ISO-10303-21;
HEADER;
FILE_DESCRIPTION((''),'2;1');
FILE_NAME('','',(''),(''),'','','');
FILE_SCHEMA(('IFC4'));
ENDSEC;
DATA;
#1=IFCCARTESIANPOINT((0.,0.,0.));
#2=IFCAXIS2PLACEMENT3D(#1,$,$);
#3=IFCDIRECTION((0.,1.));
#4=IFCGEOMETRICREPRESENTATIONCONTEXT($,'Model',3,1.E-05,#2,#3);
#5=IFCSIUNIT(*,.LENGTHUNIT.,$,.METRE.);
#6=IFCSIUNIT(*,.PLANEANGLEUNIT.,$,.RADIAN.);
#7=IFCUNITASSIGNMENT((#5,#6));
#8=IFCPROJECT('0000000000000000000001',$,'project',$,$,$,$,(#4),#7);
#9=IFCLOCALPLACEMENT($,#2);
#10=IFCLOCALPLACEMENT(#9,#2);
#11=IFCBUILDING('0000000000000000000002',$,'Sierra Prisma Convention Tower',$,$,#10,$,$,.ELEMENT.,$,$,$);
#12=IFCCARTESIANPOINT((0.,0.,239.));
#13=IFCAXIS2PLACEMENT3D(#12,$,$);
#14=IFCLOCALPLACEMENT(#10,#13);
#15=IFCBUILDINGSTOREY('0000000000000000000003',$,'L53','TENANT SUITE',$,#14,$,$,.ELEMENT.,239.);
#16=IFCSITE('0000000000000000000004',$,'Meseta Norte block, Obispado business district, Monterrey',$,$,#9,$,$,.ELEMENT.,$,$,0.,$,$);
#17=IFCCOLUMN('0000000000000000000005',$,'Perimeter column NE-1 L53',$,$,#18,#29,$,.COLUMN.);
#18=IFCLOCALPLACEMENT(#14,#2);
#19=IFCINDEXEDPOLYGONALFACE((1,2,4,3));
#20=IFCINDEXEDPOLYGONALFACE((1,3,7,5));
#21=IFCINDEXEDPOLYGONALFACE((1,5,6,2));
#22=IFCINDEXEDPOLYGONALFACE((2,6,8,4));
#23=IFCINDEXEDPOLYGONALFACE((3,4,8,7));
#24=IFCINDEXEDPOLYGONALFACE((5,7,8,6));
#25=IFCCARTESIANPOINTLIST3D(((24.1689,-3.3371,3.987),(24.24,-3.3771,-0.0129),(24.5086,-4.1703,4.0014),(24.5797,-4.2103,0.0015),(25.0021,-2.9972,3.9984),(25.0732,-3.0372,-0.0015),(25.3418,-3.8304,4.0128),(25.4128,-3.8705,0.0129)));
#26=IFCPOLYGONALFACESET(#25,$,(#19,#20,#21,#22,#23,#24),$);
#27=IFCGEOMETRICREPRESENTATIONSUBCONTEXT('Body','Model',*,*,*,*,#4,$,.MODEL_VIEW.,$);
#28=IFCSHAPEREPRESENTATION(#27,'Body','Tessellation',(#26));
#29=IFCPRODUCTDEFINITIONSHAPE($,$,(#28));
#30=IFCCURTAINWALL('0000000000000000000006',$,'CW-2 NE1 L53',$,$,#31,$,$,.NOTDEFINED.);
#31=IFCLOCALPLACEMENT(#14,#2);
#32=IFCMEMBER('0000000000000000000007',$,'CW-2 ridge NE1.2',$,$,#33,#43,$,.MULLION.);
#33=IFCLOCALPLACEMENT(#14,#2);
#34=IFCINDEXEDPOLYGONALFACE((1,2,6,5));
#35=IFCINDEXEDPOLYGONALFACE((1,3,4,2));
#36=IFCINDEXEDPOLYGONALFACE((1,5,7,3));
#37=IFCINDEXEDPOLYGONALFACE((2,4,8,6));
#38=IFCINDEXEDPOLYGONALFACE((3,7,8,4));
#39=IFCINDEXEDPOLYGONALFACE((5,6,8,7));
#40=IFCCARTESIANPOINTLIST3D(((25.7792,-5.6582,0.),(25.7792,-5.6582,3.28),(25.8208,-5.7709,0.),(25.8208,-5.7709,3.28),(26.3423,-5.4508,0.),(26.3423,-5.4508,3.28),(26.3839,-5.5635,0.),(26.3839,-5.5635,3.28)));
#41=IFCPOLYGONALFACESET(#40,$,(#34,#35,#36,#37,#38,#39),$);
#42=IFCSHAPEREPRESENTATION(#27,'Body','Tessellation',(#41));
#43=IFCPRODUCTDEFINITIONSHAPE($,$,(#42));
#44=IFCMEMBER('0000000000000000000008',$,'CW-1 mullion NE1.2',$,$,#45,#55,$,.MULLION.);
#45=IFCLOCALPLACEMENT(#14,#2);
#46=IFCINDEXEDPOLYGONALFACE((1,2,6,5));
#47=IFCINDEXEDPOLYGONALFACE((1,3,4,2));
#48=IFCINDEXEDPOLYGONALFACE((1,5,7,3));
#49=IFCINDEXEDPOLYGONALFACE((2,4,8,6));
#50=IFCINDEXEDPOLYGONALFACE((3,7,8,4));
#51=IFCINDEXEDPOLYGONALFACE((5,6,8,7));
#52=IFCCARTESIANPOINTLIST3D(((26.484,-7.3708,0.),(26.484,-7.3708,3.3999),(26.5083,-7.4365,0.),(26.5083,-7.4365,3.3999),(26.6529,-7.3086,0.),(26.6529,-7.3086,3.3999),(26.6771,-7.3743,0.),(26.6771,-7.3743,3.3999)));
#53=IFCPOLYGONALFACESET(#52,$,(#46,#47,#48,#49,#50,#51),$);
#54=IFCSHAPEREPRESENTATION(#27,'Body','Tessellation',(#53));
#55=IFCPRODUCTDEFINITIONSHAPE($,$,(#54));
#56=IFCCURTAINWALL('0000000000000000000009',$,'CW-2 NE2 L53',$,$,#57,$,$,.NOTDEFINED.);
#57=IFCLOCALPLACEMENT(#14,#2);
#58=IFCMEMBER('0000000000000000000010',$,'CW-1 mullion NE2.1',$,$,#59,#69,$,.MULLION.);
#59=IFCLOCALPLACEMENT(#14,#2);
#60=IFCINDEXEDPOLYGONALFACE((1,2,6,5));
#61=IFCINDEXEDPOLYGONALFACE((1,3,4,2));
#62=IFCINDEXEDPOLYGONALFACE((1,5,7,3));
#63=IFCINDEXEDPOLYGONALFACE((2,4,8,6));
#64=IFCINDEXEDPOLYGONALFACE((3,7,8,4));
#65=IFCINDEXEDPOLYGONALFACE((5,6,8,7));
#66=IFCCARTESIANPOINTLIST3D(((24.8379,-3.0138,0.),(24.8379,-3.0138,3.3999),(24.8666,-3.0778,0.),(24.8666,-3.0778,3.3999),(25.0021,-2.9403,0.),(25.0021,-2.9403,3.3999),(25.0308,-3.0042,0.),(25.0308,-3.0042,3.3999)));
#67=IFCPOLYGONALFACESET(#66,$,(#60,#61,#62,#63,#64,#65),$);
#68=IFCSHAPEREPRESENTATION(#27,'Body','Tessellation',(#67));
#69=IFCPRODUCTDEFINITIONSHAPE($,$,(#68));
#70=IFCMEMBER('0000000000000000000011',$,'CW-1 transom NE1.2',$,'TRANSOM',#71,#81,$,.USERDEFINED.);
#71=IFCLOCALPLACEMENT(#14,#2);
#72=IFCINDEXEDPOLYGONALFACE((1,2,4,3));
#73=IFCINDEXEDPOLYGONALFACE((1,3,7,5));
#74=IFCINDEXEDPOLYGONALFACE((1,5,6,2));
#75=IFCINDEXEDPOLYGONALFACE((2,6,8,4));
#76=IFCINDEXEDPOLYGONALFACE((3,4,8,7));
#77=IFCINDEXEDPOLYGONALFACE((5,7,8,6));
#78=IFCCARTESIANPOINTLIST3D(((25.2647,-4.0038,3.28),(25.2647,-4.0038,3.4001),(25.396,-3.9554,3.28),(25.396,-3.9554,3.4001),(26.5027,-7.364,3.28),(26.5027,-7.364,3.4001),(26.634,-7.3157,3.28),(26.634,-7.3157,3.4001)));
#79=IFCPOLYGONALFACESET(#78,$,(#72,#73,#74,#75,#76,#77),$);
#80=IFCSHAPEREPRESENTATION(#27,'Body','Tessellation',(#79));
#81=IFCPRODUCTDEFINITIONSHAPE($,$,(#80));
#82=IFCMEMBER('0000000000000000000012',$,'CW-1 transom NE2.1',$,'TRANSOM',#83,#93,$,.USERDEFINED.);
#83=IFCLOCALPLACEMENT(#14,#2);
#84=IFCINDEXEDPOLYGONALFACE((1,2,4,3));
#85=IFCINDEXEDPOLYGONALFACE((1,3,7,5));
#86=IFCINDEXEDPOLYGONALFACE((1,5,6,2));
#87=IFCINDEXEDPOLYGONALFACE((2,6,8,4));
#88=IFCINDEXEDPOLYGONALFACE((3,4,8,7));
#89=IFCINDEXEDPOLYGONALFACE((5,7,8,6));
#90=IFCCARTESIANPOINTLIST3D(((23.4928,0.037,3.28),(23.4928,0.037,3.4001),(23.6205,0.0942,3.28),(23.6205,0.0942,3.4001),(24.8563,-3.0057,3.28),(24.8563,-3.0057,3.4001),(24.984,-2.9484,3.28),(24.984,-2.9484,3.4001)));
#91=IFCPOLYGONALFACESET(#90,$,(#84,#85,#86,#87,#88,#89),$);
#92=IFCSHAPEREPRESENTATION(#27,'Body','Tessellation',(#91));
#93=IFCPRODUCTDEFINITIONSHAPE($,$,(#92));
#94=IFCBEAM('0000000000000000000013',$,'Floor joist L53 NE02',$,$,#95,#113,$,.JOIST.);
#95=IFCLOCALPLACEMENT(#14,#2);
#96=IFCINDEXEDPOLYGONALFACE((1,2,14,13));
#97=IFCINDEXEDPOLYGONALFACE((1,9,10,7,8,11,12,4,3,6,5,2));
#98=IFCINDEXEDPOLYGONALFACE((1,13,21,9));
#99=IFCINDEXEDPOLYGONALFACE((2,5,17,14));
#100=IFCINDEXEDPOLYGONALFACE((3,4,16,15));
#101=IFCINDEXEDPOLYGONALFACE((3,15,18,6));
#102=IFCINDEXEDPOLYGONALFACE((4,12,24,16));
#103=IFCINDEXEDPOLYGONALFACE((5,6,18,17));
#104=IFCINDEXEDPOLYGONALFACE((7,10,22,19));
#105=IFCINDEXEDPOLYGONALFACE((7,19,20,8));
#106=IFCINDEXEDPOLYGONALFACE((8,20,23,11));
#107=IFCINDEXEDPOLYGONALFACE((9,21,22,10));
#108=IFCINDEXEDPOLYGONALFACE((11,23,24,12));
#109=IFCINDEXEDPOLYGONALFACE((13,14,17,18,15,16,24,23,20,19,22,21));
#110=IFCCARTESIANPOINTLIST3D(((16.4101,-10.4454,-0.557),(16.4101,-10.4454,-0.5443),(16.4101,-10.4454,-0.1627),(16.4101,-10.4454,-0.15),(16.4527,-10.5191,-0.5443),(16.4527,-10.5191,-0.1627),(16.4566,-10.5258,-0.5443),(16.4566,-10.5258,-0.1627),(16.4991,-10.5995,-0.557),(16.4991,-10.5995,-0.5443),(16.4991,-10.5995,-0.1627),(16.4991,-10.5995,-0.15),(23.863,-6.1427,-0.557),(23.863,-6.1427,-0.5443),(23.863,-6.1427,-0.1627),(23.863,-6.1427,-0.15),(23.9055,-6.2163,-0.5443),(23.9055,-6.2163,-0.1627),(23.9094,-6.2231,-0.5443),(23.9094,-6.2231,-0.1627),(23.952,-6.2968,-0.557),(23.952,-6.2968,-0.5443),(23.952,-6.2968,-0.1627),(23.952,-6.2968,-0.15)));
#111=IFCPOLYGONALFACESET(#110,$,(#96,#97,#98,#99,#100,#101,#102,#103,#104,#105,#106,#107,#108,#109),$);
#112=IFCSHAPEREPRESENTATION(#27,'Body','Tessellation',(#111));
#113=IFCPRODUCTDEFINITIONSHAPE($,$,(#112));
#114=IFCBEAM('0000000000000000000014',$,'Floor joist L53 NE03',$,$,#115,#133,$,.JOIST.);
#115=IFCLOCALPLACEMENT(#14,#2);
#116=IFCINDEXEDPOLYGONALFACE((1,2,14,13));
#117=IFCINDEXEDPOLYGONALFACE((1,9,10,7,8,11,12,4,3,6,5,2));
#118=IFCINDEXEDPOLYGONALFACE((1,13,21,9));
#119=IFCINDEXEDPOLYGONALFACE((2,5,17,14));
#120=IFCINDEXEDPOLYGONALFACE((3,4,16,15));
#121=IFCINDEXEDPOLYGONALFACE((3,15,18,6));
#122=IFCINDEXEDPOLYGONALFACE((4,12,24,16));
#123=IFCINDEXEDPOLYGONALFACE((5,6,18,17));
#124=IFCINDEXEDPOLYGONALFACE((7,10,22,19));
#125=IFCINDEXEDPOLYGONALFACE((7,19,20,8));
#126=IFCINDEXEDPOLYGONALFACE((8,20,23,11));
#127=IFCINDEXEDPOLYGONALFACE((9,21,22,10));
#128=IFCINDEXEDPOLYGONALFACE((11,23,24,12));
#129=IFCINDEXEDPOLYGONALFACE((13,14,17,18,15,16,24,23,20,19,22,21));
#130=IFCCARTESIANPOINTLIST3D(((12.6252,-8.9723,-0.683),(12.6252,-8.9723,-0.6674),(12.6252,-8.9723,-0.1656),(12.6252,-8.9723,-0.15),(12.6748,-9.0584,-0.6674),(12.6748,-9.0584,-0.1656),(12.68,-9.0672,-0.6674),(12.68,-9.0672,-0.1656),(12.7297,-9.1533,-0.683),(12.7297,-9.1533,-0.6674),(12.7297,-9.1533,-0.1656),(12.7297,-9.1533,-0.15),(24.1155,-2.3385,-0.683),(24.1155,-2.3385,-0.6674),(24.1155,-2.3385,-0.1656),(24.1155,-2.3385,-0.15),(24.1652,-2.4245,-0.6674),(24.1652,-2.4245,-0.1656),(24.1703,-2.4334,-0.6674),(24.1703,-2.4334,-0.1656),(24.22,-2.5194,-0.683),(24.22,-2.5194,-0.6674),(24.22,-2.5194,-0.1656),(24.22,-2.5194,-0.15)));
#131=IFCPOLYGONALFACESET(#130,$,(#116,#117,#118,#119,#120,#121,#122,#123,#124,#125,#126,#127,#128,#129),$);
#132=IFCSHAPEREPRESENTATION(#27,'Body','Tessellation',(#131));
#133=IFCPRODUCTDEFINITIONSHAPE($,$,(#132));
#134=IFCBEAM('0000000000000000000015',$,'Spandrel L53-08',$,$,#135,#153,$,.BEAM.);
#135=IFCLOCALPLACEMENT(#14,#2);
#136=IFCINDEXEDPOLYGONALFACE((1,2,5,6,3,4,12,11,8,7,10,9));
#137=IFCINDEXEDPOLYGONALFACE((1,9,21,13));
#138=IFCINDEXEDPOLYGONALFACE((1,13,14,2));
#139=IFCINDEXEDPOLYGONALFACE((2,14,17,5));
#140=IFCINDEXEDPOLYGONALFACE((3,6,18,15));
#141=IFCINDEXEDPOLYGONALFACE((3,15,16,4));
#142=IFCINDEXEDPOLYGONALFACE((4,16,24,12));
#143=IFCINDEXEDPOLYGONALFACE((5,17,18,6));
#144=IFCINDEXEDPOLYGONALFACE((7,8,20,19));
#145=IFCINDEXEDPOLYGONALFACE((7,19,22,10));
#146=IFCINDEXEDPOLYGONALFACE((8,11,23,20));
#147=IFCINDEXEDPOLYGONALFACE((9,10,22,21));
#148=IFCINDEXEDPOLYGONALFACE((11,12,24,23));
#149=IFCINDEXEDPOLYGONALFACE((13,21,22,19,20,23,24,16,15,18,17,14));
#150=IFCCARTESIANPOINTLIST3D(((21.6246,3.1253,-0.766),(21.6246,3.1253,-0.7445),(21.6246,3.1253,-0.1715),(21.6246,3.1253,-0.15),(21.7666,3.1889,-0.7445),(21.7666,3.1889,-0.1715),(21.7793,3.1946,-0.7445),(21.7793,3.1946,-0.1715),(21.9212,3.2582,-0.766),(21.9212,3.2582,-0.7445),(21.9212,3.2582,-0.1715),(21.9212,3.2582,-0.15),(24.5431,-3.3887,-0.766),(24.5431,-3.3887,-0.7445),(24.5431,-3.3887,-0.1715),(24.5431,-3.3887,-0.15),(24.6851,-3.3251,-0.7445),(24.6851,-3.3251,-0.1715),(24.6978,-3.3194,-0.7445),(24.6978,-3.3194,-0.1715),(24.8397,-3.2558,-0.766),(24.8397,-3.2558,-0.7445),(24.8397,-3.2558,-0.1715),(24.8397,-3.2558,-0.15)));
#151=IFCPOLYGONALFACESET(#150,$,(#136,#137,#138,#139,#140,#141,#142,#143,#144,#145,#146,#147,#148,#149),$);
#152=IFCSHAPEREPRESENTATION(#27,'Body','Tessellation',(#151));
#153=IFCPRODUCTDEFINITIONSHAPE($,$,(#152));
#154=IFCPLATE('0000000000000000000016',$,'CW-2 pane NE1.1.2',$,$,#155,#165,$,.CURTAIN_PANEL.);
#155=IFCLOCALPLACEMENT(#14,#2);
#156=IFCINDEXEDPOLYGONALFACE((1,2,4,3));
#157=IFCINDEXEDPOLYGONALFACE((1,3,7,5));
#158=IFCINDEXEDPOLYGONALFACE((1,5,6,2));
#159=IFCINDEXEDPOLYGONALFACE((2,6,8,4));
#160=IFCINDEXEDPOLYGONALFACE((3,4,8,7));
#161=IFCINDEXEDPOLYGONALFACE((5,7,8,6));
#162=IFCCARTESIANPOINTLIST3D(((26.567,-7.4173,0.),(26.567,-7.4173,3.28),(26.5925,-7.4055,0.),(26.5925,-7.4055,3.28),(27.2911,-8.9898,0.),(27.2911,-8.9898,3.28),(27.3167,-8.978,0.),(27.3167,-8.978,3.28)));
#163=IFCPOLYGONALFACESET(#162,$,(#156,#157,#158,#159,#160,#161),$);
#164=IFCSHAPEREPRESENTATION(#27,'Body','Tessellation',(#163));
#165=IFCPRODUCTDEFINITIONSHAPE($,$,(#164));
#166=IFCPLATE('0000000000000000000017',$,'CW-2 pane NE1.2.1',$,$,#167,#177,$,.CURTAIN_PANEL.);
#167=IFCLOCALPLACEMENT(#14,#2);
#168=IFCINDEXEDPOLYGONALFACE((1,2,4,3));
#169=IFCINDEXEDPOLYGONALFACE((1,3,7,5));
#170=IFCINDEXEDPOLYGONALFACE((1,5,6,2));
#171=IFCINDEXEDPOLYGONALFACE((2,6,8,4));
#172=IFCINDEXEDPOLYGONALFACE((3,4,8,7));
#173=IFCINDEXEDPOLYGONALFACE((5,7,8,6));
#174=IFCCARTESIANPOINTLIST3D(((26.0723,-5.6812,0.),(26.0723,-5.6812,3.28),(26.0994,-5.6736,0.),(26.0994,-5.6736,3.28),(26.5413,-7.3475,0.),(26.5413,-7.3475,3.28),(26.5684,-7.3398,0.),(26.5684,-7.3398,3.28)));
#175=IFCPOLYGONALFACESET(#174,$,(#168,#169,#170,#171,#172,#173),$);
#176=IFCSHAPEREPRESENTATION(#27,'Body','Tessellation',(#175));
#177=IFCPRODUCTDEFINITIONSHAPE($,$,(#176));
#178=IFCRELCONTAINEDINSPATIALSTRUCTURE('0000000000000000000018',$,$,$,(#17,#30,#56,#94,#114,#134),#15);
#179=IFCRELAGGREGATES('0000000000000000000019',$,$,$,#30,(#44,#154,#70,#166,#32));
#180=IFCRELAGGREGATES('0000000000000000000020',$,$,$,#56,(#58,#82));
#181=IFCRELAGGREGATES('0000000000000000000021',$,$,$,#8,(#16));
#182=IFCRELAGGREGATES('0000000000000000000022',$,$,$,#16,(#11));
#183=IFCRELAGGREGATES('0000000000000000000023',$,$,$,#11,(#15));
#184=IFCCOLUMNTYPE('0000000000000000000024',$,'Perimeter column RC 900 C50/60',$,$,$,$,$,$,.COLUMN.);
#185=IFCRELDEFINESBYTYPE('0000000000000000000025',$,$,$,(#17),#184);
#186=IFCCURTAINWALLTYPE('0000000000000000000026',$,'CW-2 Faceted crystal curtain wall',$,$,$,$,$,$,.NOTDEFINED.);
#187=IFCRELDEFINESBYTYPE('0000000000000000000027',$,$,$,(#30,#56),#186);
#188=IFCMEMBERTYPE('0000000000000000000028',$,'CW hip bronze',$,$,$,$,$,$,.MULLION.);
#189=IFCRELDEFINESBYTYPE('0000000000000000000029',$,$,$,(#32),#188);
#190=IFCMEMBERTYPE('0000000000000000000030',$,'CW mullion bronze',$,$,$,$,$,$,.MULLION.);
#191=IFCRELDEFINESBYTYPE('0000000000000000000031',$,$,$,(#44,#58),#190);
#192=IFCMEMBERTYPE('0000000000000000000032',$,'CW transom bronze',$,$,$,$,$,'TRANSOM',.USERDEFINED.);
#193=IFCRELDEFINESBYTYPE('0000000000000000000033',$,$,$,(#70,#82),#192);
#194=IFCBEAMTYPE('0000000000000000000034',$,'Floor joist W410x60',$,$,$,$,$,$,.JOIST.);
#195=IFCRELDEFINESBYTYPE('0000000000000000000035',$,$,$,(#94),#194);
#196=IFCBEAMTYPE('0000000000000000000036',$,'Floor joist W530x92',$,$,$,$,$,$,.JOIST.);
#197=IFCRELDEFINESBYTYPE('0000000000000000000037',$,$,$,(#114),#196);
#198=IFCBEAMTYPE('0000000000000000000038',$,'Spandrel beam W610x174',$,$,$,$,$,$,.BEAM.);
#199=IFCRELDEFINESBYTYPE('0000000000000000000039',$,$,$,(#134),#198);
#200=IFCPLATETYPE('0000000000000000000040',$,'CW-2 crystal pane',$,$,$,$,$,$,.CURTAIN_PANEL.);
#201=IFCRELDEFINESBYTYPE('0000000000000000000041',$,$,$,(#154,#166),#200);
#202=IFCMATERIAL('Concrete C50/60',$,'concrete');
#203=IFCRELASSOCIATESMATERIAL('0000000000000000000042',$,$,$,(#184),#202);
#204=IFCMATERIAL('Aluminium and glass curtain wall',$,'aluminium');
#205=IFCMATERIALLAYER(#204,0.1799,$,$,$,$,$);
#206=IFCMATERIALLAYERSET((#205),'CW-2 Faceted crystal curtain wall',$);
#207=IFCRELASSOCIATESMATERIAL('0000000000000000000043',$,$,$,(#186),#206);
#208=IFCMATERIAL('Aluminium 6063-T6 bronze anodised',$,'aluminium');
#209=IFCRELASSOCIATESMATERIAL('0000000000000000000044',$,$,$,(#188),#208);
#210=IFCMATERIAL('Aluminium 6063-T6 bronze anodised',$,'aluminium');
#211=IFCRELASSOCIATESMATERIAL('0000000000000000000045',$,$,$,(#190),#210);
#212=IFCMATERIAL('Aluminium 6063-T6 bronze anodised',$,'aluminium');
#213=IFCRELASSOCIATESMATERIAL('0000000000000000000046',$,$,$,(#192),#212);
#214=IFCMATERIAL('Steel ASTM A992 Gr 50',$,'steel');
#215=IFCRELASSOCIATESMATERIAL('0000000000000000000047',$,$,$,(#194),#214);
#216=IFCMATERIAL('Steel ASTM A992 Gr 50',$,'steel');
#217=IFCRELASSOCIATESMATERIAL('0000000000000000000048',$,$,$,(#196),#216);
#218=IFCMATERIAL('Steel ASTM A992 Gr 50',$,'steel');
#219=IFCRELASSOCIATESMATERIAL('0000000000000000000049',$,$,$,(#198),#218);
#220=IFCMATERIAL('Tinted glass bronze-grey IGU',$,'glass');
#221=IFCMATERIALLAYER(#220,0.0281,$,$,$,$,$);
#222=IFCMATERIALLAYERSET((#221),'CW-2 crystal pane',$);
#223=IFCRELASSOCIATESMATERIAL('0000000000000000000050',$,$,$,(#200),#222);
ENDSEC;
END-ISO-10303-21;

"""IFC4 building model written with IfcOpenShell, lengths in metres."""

from ifc_helpers import new_model, si_unit, direction, frame, origin, origin_2d, place, context, subcontext, project, spatial, polyline, rectangle, i_section, outline, extrude, material, layer, layer_set, material_profile, profile_set, type_object, element, aggregate, save


model = new_model("IFC4")

# Units and contexts
model_context = context("Model", 3, precision=1e-05, world=origin(), true_north=direction((0.0, 1.0)))
body_context = subcontext(model_context, "Body", "Model", "MODEL_VIEW")
ifc_project = project(units=[si_unit("LENGTHUNIT", "METRE"), si_unit("PLANEANGLEUNIT", "RADIAN")], contexts=[model_context])

# Site, building, storey
site_placement = place(None, origin())
site = spatial("IfcSite", under=ifc_project, at=site_placement, Name="Meseta Norte block, Obispado business district, Monterrey", CompositionType="ELEMENT", RefElevation=0.0)
building_placement = place(site_placement, origin())
building = spatial("IfcBuilding", under=site, at=building_placement, Name="Sierra Prisma Convention Tower", CompositionType="ELEMENT")
storey_placement = place(building_placement, frame((0.0, 0.0, 239.0)))
storey = spatial("IfcBuildingStorey", under=building, at=storey_placement, Name="L53", Description="TENANT SUITE", CompositionType="ELEMENT", Elevation=239.0)

# Column
ifc_material_1 = material(Name="Concrete C50/60", Category="concrete")
ifc_material_profile_1 = material_profile(ifc_material_1, rectangle(XDim=0.8999, YDim=0.8999, at=origin_2d()), Name="Perimeter column RC 900 C50/60")
ifc_profile_set_1 = profile_set([ifc_material_profile_1], Name="Concrete C50/60")
column_type = type_object("IfcColumnType", Name="Perimeter column RC 900 C50/60", PredefinedType="COLUMN", material=ifc_profile_set_1)
column_placement = place(storey_placement, frame((24.8264, -3.6238, 0.0), z_axis=(-0.017758, 0.010008, 0.999792), x_axis=(-0.377463, 0.925887, -0.015972)))
element("IfcColumn", 1, at=column_placement, inside=storey, type_object=column_type, Name="Perimeter column NE-1 L53", PredefinedType="COLUMN", context=body_context, shape_type="SweptSolid", body=[
    extrude(rectangle(XDim=0.8999, YDim=0.8999, at=origin_2d()), origin(), (0.0, 0.0, 1.0), 4.0007),
])

# Curtain wall, members
ifc_material_2 = material(Name="Aluminium and glass curtain wall", Category="aluminium")
ifc_layer_1 = layer(ifc_material_2, 0.1799)
ifc_layer_set_1 = layer_set([ifc_layer_1], Name="CW-2 Faceted crystal curtain wall")
curtain_wall_type = type_object("IfcCurtainWallType", Name="CW-2 Faceted crystal curtain wall", PredefinedType="NOTDEFINED", material=ifc_layer_set_1)
curtain_wall_1_placement = place(storey_placement, origin())
curtain_wall_1 = element("IfcCurtainWall", 2, at=curtain_wall_1_placement, inside=storey, type_object=curtain_wall_type, Name="CW-2 NE1 L53", PredefinedType="NOTDEFINED")
ifc_material_3 = material(Name="Aluminium 6063-T6 bronze anodised", Category="aluminium")
ifc_material_profile_2 = material_profile(ifc_material_3, rectangle(XDim=0.1201, YDim=0.6001, at=origin_2d()), Name="ALU RIDGE BLADE 120x600")
ifc_profile_set_2 = profile_set([ifc_material_profile_2], Name="Aluminium 6063-T6 bronze anodised")
member_type_1 = type_object("IfcMemberType", Name="CW hip bronze", PredefinedType="MULLION", material=ifc_profile_set_2)
member_1_placement = place(storey_placement, frame((26.0815, -5.6108, 0.0), z_axis=(0.0, 0.0, 1.0), x_axis=(-0.345714, 0.93834, 0.0)))
member_1 = element("IfcMember", 3, at=member_1_placement, type_object=member_type_1, Name="CW-2 ridge NE1.2", PredefinedType="MULLION", context=body_context, shape_type="SweptSolid", body=[
    extrude(rectangle(XDim=0.1201, YDim=0.6001, at=origin_2d()), origin(), (0.0, 0.0, 1.0), 3.28),
])
ifc_material_4 = material(Name="Aluminium 6063-T6 bronze anodised", Category="aluminium")
ifc_material_profile_3 = material_profile(ifc_material_4, rectangle(XDim=0.1799, YDim=0.0701, at=origin_2d()), Name="ALU MULLION 70x180")
ifc_profile_set_3 = profile_set([ifc_material_profile_3], Name="Aluminium 6063-T6 bronze anodised")
member_type_2 = type_object("IfcMemberType", Name="CW mullion bronze", PredefinedType="MULLION", material=ifc_profile_set_3)
member_2_placement = place(storey_placement, frame((26.5806, -7.3726, 0.0), z_axis=(0.0, 0.0, 1.0), x_axis=(-0.93834, -0.345714, 0.0)))
member_2 = element("IfcMember", 4, at=member_2_placement, type_object=member_type_2, Name="CW-1 mullion NE1.2", PredefinedType="MULLION", context=body_context, shape_type="SweptSolid", body=[
    extrude(rectangle(XDim=0.1799, YDim=0.0701, at=origin_2d()), origin(), (0.0, 0.0, 1.0), 3.3999),
])

# Curtain wall, member
curtain_wall_2_placement = place(storey_placement, origin())
curtain_wall_2 = element("IfcCurtainWall", 5, at=curtain_wall_2_placement, inside=storey, type_object=curtain_wall_type, Name="CW-2 NE2 L53", PredefinedType="NOTDEFINED")
member_3_placement = place(storey_placement, frame((24.9343, -3.009, 0.0), z_axis=(0.0, 0.0, 1.0), x_axis=(-0.912583, -0.408892, 0.0)))
member_3 = element("IfcMember", 6, at=member_3_placement, type_object=member_type_2, Name="CW-1 mullion NE2.1", PredefinedType="MULLION", context=body_context, shape_type="SweptSolid", body=[
    extrude(rectangle(XDim=0.1799, YDim=0.0701, at=origin_2d()), origin(), (0.0, 0.0, 1.0), 3.3999),
])

# Members
ifc_material_5 = material(Name="Aluminium 6063-T6 bronze anodised", Category="aluminium")
ifc_material_profile_4 = material_profile(ifc_material_5, rectangle(XDim=0.1399, YDim=0.1201, at=origin_2d()), Name="ALU TRANSOM 120x140")
ifc_profile_set_4 = profile_set([ifc_material_profile_4], Name="Aluminium 6063-T6 bronze anodised")
member_type_3 = type_object("IfcMemberType", Name="CW transom bronze", ElementType="TRANSOM", PredefinedType="USERDEFINED", material=ifc_profile_set_4)
member_4_placement = place(storey_placement, frame((26.5684, -7.3398, 3.3401), z_axis=(-0.345709, 0.938342, 0.0), x_axis=(-0.938342, -0.345709, 0.0)))
member_4 = element("IfcMember", 7, at=member_4_placement, type_object=member_type_3, Name="CW-1 transom NE1.2", ObjectType="TRANSOM", PredefinedType="USERDEFINED", context=body_context, shape_type="SweptSolid", body=[
    extrude(rectangle(XDim=0.1399, YDim=0.1201, at=origin_2d()), origin(), (0.0, 0.0, 1.0), 3.5811),
])
member_5_placement = place(storey_placement, frame((24.9202, -2.9771, 3.3401), z_axis=(-0.408942, 0.91256, 0.0), x_axis=(-0.91256, -0.408942, 0.0)))
member_5 = element("IfcMember", 8, at=member_5_placement, type_object=member_type_3, Name="CW-1 transom NE2.1", ObjectType="TRANSOM", PredefinedType="USERDEFINED", context=body_context, shape_type="SweptSolid", body=[
    extrude(rectangle(XDim=0.1399, YDim=0.1201, at=origin_2d()), origin(), (0.0, 0.0, 1.0), 3.3342),
])

# Beams
ifc_material_6 = material(Name="Steel ASTM A992 Gr 50", Category="steel")
ifc_material_profile_5 = material_profile(ifc_material_6, i_section(OverallWidth=0.178, OverallDepth=0.407, WebThickness=0.0078, FlangeThickness=0.0127, at=origin_2d()), Name="W410x60")
ifc_profile_set_5 = profile_set([ifc_material_profile_5], Name="Steel ASTM A992 Gr 50")
beam_type_1 = type_object("IfcBeamType", Name="Floor joist W410x60", PredefinedType="JOIST", material=ifc_profile_set_5)
beam_1_placement = place(storey_placement, frame((23.9075, -6.2197, -0.3535), z_axis=(-0.866035, -0.499984, 0.0), x_axis=(0.499984, -0.866035, 0.0)))
element("IfcBeam", 9, at=beam_1_placement, inside=storey, type_object=beam_type_1, Name="Floor joist L53 NE02", PredefinedType="JOIST", context=body_context, shape_type="SweptSolid", body=[
    extrude(i_section(OverallWidth=0.178, OverallDepth=0.407, WebThickness=0.0078, FlangeThickness=0.0127, at=origin_2d()), origin(), (0.0, 0.0, 1.0), 8.6057),
])
ifc_material_7 = material(Name="Steel ASTM A992 Gr 50", Category="steel")
ifc_material_profile_6 = material_profile(ifc_material_7, i_section(OverallWidth=0.209, OverallDepth=0.533, WebThickness=0.0103, FlangeThickness=0.0156, at=origin_2d()), Name="W530x92")
ifc_profile_set_6 = profile_set([ifc_material_profile_6], Name="Steel ASTM A992 Gr 50")
beam_type_2 = type_object("IfcBeamType", Name="Floor joist W530x92", PredefinedType="JOIST", material=ifc_profile_set_6)
beam_2_placement = place(storey_placement, frame((24.1677, -2.429, -0.4165), z_axis=(-0.866029, -0.499994, 0.0), x_axis=(0.499994, -0.866029, 0.0)))
element("IfcBeam", 10, at=beam_2_placement, inside=storey, type_object=beam_type_2, Name="Floor joist L53 NE03", PredefinedType="JOIST", context=body_context, shape_type="SweptSolid", body=[
    extrude(i_section(OverallWidth=0.209, OverallDepth=0.533, WebThickness=0.0103, FlangeThickness=0.0156, at=origin_2d()), origin(), (0.0, 0.0, 1.0), 13.2678),
])
ifc_material_8 = material(Name="Steel ASTM A992 Gr 50", Category="steel")
ifc_material_profile_7 = material_profile(ifc_material_8, i_section(OverallWidth=0.325, OverallDepth=0.616, WebThickness=0.0139, FlangeThickness=0.0215, at=origin_2d()), Name="W610x174")
ifc_profile_set_7 = profile_set([ifc_material_profile_7], Name="Steel ASTM A992 Gr 50")
beam_type_3 = type_object("IfcBeamType", Name="Spandrel beam W610x174", PredefinedType="BEAM", material=ifc_profile_set_7)
beam_3_placement = place(storey_placement, frame((24.6914, -3.3223, -0.458), z_axis=(-0.408872, 0.912592, 0.0), x_axis=(-0.912592, -0.408872, 0.0)))
element("IfcBeam", 11, at=beam_3_placement, inside=storey, type_object=beam_type_3, Name="Spandrel L53-08", PredefinedType="BEAM", context=body_context, shape_type="SweptSolid", body=[
    extrude(i_section(OverallWidth=0.325, OverallDepth=0.616, WebThickness=0.0139, FlangeThickness=0.0215, at=origin_2d()), origin(), (0.0, 0.0, 1.0), 7.1379),
])

# Plates
ifc_material_9 = material(Name="Tinted glass bronze-grey IGU", Category="glass")
ifc_layer_2 = layer(ifc_material_9, 0.0281)
ifc_layer_set_2 = layer_set([ifc_layer_2], Name="CW-2 crystal pane")
plate_type = type_object("IfcPlateType", Name="CW-2 crystal pane", PredefinedType="CURTAIN_PANEL", material=ifc_layer_set_2)
plate_1_placement = place(storey_placement, frame((26.5925, -7.4055, 0.0), z_axis=(0.908322, 0.418271, 0.0), x_axis=(0.418271, -0.908322, 0.0)))
plate_1 = element("IfcPlate", 12, at=plate_1_placement, type_object=plate_type, Name="CW-2 pane NE1.1.2", PredefinedType="CURTAIN_PANEL", context=body_context, shape_type="SweptSolid", body=[
    extrude(outline(polyline([(0.0, 0.0), (1.7312, 0.0), (1.7312, -3.28), (0.0, -3.28), (0.0, 0.0)])), origin(), (0.0, 0.0, -1.0), 0.0281),
])
plate_2_placement = place(storey_placement, frame((26.5684, -7.3398, 0.0), z_axis=(0.962597, 0.270938, 0.0), x_axis=(-0.270938, 0.962597, 0.0)))
plate_2 = element("IfcPlate", 13, at=plate_2_placement, type_object=plate_type, Name="CW-2 pane NE1.2.1", PredefinedType="CURTAIN_PANEL", context=body_context, shape_type="SweptSolid", body=[
    extrude(outline(polyline([(0.0, 0.0), (1.731, 0.0), (1.731, 3.28), (0.0, 3.28), (0.0, 0.0)])), origin(), (0.0, 0.0, -1.0), 0.0281),
])
aggregate(curtain_wall_1, [member_2, plate_1, member_4, plate_2, member_1])
aggregate(curtain_wall_2, [member_3, member_5])

save(model, "model.ifc")
